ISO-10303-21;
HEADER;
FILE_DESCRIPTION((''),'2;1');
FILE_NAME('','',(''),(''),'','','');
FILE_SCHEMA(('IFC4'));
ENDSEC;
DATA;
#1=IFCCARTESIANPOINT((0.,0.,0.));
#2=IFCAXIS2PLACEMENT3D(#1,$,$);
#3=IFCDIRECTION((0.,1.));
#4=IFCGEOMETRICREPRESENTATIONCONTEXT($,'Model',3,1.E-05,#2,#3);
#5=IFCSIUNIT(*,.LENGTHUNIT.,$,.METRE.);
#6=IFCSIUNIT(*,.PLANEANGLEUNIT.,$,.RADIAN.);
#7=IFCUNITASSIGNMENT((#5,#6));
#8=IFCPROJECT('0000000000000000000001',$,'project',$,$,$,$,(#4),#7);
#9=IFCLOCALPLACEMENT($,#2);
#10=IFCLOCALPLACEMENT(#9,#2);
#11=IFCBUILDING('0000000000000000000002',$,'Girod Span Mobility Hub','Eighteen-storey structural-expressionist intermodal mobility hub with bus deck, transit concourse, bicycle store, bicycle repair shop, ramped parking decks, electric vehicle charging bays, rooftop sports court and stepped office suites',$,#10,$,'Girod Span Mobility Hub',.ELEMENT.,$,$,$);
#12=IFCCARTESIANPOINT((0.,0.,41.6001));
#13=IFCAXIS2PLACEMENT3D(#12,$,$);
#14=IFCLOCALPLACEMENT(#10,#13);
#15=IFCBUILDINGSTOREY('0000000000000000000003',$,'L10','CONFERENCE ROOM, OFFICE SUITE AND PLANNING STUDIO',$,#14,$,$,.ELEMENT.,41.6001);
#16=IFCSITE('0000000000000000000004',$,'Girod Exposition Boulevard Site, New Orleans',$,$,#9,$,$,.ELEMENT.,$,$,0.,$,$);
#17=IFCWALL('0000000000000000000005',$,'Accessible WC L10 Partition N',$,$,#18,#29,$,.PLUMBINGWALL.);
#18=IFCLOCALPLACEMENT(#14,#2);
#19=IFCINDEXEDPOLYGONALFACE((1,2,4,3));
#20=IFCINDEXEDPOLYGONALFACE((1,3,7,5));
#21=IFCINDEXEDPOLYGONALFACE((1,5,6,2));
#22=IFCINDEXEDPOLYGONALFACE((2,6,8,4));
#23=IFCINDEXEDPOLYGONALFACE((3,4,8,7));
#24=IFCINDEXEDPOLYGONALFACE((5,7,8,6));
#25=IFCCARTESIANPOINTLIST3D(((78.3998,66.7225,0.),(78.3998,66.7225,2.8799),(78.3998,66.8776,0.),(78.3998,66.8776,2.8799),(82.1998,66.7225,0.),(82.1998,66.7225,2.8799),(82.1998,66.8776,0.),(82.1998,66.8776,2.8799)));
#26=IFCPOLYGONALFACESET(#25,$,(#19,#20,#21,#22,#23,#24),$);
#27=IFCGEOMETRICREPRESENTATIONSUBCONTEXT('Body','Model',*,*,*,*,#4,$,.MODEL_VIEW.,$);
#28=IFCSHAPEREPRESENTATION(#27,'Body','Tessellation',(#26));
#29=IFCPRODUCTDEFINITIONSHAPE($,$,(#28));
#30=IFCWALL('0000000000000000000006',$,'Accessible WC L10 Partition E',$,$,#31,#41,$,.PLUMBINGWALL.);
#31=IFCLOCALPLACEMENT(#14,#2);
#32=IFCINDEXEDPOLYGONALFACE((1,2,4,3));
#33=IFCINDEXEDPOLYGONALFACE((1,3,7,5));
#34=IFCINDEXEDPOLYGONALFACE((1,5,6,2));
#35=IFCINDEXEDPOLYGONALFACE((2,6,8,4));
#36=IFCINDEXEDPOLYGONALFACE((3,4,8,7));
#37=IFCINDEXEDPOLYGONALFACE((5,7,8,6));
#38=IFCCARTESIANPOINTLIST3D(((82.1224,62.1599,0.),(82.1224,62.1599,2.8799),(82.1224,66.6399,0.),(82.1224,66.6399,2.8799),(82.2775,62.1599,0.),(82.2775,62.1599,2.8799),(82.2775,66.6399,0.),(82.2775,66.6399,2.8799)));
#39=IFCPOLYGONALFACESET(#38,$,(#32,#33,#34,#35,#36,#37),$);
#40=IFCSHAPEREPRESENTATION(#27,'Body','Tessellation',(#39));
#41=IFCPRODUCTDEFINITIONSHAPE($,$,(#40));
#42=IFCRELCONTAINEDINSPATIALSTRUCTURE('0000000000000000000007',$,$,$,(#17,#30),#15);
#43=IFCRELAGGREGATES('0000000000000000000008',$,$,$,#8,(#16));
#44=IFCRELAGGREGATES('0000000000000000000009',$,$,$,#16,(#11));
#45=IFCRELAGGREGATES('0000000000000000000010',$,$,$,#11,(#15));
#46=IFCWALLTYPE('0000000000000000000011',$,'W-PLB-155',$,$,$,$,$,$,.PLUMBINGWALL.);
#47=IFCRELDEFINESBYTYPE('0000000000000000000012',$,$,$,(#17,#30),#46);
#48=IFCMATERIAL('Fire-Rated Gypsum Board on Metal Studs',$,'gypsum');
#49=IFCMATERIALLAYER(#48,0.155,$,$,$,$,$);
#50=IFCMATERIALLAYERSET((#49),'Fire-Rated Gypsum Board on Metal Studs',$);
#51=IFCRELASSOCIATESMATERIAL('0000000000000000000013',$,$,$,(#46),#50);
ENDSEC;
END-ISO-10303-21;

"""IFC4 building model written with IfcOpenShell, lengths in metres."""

from ifc_helpers import new_model, si_unit, direction, frame, frame_2d, origin, place, context, subcontext, project, spatial, rectangle, extrude, material, layer, layer_set, type_object, element, save


model = new_model("IFC4")

# Units and contexts
model_context = context("Model", 3, precision=1e-05, world=origin(), true_north=direction((0.0, 1.0)))
body_context = subcontext(model_context, "Body", "Model", "MODEL_VIEW")
ifc_project = project(units=[si_unit("LENGTHUNIT", "METRE"), si_unit("PLANEANGLEUNIT", "RADIAN")], contexts=[model_context])

# Site, building, storey
site_placement = place(None, origin())
site = spatial("IfcSite", under=ifc_project, at=site_placement, Name="Girod Exposition Boulevard Site, New Orleans", CompositionType="ELEMENT", RefElevation=0.0)
building_placement = place(site_placement, origin())
building = spatial("IfcBuilding", under=site, at=building_placement, Name="Girod Span Mobility Hub", Description="Eighteen-storey structural-expressionist intermodal mobility hub with bus deck, transit concourse, bicycle store, bicycle repair shop, ramped parking decks, electric vehicle charging bays, rooftop sports court and stepped office suites", LongName="Girod Span Mobility Hub", CompositionType="ELEMENT")
storey_placement = place(building_placement, frame((0.0, 0.0, 41.6001)))
storey = spatial("IfcBuildingStorey", under=building, at=storey_placement, Name="L10", Description="CONFERENCE ROOM, OFFICE SUITE AND PLANNING STUDIO", CompositionType="ELEMENT", Elevation=41.6001)

# Shared definitions
ifc_material_1 = material(Name="Fire-Rated Gypsum Board on Metal Studs", Category="gypsum")
ifc_layer_1 = layer(ifc_material_1, 0.155)
ifc_layer_set_1 = layer_set([ifc_layer_1], Name="Fire-Rated Gypsum Board on Metal Studs")
wall_type = type_object("IfcWallType", Name="W-PLB-155", PredefinedType="PLUMBINGWALL", material=ifc_layer_set_1)

# Walls
wall_1_placement = place(storey_placement, frame((78.3999, 66.8, 0.0), z_axis=(0.0, 0.0, 1.0), x_axis=(1.0, 0.0, 0.0)))
element("IfcWall", 1, at=wall_1_placement, inside=storey, type_object=wall_type, Name="Accessible WC L10 Partition N", PredefinedType="PLUMBINGWALL", context=body_context, shape_type="SweptSolid", body=[
    extrude(rectangle(XDim=3.8, YDim=0.155, at=frame_2d((1.8999, 0.0))), origin(), (0.0, 0.0, 1.0), 2.8799),
])
wall_2_placement = place(storey_placement, frame((82.2, 62.1599, 0.0), z_axis=(0.0, 0.0, 1.0), x_axis=(0.0, 1.0, 0.0)))
element("IfcWall", 2, at=wall_2_placement, inside=storey, type_object=wall_type, Name="Accessible WC L10 Partition E", PredefinedType="PLUMBINGWALL", context=body_context, shape_type="SweptSolid", body=[
    extrude(rectangle(XDim=4.48, YDim=0.155, at=frame_2d((2.24, 0.0))), origin(), (0.0, 0.0, 1.0), 2.8799),
])

save(model, "model.ifc")
